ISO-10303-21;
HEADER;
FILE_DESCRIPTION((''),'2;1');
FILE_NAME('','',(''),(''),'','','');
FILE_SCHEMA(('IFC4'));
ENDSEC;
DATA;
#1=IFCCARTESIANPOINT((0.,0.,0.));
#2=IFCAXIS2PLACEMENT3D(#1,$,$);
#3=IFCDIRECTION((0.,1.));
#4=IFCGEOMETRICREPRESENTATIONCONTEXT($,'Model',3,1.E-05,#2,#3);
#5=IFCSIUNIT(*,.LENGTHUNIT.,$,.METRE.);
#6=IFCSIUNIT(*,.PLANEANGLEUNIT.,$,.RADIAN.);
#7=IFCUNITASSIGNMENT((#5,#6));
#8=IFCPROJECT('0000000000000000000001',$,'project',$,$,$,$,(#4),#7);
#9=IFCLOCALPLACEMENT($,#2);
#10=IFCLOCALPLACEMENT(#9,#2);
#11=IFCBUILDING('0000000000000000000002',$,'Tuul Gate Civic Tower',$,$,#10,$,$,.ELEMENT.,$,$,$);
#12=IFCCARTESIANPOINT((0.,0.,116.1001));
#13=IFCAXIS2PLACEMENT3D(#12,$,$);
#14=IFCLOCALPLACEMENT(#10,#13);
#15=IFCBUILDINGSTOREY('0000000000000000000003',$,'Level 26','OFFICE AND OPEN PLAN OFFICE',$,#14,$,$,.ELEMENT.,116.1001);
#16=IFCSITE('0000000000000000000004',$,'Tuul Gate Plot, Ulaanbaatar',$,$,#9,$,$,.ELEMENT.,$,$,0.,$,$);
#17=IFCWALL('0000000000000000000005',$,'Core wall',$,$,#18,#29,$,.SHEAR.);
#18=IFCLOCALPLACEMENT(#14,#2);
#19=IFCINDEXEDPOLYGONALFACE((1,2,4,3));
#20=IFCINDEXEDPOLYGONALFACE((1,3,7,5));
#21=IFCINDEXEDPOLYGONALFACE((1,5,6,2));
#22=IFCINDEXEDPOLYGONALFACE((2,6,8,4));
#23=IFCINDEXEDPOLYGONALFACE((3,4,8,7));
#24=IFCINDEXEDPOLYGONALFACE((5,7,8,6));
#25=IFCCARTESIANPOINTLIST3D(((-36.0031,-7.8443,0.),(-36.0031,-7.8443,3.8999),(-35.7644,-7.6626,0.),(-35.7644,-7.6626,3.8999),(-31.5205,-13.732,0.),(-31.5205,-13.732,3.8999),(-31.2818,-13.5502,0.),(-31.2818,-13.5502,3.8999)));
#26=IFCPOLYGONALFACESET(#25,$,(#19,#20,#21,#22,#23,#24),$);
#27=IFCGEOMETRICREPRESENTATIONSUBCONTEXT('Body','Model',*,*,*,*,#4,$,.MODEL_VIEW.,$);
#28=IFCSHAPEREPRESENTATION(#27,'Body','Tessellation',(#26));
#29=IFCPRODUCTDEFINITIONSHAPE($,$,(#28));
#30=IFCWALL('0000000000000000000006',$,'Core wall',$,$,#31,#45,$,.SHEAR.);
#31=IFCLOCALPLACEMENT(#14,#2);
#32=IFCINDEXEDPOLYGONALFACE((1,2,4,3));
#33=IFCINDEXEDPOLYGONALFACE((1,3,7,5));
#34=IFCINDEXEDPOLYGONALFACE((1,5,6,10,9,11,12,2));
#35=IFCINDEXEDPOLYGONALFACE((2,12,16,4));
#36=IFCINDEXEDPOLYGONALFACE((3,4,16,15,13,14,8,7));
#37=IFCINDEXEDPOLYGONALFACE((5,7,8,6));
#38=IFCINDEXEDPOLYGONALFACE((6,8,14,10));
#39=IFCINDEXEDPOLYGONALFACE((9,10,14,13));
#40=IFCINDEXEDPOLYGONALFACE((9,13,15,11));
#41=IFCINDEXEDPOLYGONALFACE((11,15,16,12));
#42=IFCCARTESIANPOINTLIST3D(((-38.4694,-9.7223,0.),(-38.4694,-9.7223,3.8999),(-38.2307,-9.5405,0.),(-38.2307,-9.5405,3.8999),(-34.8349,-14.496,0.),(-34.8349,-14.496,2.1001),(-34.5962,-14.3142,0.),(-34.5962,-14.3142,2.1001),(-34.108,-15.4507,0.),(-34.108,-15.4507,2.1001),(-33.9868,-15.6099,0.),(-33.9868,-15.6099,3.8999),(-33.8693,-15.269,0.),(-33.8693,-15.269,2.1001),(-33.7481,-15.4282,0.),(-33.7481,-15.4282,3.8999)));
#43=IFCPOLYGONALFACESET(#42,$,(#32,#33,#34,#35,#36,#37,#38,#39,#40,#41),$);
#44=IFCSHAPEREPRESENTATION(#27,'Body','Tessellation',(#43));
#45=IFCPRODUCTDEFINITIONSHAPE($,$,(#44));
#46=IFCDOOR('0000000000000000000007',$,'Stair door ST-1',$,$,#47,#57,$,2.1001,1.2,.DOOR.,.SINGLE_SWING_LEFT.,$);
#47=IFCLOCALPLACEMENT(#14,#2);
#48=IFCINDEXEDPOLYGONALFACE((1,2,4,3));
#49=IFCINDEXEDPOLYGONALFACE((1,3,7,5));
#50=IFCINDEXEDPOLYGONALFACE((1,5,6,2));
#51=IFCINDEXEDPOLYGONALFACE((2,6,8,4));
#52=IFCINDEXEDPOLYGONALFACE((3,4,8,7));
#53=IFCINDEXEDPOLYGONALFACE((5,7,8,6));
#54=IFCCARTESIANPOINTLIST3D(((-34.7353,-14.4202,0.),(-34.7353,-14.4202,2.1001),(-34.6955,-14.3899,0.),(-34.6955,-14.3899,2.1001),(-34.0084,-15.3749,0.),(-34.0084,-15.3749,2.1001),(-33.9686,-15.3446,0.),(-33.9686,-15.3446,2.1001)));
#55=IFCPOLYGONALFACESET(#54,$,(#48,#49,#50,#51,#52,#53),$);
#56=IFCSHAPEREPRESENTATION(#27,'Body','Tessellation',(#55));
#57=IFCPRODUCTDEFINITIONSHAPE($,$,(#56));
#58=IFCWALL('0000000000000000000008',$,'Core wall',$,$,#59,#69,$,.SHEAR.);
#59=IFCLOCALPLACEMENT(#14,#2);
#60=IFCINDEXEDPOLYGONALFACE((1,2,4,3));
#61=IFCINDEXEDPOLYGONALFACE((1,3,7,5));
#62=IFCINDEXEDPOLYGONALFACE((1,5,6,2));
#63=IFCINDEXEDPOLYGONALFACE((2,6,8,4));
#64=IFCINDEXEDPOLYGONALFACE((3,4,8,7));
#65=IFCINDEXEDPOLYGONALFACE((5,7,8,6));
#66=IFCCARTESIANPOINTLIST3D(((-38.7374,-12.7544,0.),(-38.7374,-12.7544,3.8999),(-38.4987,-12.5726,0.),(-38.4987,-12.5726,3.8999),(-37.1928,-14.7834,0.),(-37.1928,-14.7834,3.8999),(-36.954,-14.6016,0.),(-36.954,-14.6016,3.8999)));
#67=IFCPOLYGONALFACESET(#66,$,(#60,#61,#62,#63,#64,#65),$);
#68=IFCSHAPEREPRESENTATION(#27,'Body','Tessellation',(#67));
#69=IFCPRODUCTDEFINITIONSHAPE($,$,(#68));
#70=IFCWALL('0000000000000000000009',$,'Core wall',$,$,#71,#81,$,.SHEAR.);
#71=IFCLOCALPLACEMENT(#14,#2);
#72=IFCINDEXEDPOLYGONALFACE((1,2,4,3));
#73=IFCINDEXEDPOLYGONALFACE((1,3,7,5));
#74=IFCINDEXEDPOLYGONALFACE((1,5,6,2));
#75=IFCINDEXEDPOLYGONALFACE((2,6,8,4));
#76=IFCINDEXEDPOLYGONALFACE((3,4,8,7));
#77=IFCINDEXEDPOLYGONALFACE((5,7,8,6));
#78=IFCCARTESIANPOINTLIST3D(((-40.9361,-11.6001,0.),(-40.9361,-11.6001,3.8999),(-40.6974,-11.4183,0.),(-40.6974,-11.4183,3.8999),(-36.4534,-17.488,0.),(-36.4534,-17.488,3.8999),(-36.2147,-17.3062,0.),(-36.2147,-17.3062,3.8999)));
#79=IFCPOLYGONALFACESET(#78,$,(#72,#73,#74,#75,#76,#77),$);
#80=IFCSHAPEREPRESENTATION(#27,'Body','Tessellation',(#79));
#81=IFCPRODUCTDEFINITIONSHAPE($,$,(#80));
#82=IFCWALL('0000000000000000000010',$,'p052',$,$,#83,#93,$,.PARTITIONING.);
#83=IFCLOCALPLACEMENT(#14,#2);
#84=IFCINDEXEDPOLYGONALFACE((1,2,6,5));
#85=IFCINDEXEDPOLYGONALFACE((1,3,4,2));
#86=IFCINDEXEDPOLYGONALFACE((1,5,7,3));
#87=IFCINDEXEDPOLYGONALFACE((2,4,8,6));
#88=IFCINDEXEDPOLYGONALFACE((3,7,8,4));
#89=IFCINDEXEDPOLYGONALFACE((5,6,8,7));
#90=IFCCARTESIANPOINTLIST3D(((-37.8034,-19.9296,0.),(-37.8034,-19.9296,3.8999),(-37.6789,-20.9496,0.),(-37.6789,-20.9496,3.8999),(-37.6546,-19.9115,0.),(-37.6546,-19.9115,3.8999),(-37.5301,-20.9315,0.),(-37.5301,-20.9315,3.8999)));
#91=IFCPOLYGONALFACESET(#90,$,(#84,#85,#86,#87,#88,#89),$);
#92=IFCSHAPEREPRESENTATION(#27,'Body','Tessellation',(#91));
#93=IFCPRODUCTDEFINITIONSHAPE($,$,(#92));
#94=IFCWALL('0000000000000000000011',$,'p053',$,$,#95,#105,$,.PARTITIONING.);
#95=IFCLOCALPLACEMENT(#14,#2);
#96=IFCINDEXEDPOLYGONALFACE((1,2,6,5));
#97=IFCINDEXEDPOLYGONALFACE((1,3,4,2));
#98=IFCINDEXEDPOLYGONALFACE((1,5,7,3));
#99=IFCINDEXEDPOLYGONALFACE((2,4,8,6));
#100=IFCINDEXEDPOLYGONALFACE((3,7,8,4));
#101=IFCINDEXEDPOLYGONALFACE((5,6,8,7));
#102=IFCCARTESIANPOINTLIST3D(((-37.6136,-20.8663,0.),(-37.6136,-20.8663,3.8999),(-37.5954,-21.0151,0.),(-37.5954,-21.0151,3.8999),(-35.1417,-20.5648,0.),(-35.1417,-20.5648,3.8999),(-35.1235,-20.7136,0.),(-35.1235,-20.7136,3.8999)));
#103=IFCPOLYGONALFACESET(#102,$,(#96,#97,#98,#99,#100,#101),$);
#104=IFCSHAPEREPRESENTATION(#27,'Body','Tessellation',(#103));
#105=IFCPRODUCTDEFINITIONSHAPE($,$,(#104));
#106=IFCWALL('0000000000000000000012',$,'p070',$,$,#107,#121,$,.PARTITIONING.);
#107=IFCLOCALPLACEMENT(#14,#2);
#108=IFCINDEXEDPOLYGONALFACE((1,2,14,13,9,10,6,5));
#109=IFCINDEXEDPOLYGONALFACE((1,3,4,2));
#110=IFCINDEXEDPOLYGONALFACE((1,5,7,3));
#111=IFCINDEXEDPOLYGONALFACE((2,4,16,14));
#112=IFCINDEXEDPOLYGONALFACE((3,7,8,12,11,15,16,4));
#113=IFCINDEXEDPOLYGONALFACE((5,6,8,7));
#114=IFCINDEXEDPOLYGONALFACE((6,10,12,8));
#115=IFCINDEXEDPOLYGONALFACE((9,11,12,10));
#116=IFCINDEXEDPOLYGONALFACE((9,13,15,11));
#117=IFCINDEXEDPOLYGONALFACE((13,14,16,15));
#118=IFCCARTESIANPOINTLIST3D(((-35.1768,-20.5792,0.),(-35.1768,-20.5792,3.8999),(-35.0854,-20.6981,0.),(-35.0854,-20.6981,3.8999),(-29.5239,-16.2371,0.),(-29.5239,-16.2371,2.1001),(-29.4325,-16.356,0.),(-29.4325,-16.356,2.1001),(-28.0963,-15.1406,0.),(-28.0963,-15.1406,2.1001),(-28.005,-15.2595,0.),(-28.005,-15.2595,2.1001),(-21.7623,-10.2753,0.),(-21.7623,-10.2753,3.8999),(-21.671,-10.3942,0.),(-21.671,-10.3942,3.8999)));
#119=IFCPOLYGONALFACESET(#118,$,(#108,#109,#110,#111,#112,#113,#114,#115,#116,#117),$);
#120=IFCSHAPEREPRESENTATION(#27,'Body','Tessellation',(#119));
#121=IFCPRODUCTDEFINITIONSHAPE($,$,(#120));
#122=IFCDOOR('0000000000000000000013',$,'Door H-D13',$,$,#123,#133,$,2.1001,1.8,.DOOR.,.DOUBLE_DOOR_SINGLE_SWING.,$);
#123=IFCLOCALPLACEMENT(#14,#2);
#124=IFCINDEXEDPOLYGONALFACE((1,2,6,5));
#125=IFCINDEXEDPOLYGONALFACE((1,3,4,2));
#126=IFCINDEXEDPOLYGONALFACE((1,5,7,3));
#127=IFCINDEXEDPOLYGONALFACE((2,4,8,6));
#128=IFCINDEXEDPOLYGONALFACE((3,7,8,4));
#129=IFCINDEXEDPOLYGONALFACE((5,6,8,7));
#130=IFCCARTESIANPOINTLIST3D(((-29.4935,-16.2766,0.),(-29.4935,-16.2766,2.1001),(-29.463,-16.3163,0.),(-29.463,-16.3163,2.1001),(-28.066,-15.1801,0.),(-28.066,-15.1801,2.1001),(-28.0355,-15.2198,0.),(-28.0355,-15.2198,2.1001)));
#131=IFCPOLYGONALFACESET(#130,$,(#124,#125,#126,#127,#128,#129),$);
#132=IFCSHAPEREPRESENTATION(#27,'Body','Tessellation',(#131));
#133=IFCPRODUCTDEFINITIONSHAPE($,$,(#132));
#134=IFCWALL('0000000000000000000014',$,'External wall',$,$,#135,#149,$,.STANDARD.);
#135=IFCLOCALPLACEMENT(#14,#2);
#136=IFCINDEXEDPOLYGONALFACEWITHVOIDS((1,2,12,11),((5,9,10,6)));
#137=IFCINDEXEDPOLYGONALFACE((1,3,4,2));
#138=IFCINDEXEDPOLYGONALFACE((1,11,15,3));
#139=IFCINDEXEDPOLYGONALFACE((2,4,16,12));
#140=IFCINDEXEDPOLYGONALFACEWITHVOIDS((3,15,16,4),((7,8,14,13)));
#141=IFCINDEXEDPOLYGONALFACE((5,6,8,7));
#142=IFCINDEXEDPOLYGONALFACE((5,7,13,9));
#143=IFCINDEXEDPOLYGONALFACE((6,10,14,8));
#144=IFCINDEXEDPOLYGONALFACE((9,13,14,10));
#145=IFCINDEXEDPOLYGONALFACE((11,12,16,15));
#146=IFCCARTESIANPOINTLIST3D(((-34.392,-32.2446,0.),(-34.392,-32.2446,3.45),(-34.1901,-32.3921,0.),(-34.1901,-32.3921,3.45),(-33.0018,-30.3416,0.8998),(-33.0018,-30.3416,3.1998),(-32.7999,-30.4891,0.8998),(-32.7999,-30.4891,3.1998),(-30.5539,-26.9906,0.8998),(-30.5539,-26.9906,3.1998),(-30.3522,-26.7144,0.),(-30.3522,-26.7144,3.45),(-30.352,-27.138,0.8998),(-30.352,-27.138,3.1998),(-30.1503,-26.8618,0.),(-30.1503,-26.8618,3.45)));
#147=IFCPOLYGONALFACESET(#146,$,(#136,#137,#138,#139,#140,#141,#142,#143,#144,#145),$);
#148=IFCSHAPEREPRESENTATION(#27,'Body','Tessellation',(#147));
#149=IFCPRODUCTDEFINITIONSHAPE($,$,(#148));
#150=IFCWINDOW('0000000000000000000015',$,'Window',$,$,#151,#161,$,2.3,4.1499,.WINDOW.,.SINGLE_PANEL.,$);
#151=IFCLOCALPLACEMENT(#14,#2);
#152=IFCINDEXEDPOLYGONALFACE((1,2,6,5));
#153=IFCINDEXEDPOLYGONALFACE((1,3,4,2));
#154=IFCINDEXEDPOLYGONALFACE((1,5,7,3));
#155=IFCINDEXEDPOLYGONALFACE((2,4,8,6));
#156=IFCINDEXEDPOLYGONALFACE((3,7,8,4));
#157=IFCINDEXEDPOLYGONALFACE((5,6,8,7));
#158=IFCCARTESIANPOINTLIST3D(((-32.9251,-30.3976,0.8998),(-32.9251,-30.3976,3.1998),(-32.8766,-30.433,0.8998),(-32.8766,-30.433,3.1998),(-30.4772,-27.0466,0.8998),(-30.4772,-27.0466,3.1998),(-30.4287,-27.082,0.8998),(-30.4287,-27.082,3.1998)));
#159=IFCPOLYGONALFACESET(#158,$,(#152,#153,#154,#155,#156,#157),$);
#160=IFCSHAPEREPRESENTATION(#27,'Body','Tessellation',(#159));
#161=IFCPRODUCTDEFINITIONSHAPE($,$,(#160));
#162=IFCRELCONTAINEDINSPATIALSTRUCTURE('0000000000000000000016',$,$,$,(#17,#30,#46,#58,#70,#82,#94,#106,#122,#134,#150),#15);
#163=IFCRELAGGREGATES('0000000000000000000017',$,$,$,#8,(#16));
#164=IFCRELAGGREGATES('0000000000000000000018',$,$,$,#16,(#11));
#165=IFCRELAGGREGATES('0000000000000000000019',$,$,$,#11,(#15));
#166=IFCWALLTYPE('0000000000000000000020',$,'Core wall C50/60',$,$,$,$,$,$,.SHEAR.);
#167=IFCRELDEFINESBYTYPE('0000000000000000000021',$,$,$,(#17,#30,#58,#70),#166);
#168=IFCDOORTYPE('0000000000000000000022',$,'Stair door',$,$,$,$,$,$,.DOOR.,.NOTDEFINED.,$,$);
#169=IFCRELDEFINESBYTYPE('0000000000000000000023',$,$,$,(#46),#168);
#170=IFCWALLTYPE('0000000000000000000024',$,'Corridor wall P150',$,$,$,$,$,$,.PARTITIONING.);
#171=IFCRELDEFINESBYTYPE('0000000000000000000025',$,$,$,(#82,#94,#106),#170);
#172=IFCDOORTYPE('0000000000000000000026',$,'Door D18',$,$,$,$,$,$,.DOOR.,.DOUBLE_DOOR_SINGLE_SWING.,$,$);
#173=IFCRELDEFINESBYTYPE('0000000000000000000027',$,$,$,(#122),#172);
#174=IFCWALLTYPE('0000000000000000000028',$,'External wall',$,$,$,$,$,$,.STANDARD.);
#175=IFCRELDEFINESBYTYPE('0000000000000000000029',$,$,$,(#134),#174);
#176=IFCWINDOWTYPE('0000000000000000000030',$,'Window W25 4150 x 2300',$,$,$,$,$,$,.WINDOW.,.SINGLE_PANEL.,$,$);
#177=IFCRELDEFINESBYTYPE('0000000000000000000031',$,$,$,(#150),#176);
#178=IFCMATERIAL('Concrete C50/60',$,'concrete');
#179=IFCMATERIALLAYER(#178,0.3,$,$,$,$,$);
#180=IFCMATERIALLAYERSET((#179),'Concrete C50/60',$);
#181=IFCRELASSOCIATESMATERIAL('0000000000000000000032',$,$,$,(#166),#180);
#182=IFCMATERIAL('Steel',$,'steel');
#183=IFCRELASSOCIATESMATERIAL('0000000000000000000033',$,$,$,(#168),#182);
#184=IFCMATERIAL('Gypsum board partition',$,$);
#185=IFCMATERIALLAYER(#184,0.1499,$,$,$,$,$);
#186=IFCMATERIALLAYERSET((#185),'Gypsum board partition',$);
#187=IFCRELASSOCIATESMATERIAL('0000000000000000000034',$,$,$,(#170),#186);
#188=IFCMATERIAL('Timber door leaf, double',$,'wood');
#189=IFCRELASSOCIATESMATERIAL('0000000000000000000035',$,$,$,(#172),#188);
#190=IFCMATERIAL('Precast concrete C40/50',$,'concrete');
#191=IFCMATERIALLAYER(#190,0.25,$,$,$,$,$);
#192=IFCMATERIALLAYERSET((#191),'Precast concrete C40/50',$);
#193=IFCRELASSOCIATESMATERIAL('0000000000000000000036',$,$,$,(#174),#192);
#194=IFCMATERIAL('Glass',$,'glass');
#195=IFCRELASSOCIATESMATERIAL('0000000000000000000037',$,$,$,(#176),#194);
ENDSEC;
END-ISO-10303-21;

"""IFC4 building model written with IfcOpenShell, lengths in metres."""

from ifc_helpers import new_model, si_unit, direction, frame, frame_2d, origin, place, context, subcontext, project, spatial, rectangle, extrude, material, layer, layer_set, type_object, element, fill, save


model = new_model("IFC4")

# Units and contexts
model_context = context("Model", 3, precision=1e-05, world=origin(), true_north=direction((0.0, 1.0)))
body_context = subcontext(model_context, "Body", "Model", "MODEL_VIEW")
ifc_project = project(units=[si_unit("LENGTHUNIT", "METRE"), si_unit("PLANEANGLEUNIT", "RADIAN")], contexts=[model_context])

# Site, building, storey
site_placement = place(None, origin())
site = spatial("IfcSite", under=ifc_project, at=site_placement, Name="Tuul Gate Plot, Ulaanbaatar", CompositionType="ELEMENT", RefElevation=0.0)
building_placement = place(site_placement, origin())
building = spatial("IfcBuilding", under=site, at=building_placement, Name="Tuul Gate Civic Tower", CompositionType="ELEMENT")
storey_placement = place(building_placement, frame((0.0, 0.0, 116.1001)))
storey = spatial("IfcBuildingStorey", under=building, at=storey_placement, Name="Level 26", Description="OFFICE AND OPEN PLAN OFFICE", CompositionType="ELEMENT", Elevation=116.1001)

# Shared definitions
ifc_material_1 = material(Name="Concrete C50/60", Category="concrete")
ifc_layer_1 = layer(ifc_material_1, 0.3)
ifc_layer_set_1 = layer_set([ifc_layer_1], Name="Concrete C50/60")
wall_type_1 = type_object("IfcWallType", Name="Core wall C50/60", PredefinedType="SHEAR", material=ifc_layer_set_1)

# Wall
wall_1_placement = place(storey_placement, frame((-31.4011, -13.6411, 0.0), z_axis=(0.0, 0.0, 1.0), x_axis=(-0.60577, 0.79564, 0.0)))
element("IfcWall", 1, at=wall_1_placement, inside=storey, type_object=wall_type_1, Name="Core wall", PredefinedType="SHEAR", context=body_context, shape_type="SweptSolid", body=[
    extrude(rectangle(XDim=7.3999, YDim=0.3, at=frame_2d((3.7, 0.0))), origin(), (0.0, 0.0, 1.0), 3.8999),
])

# Wall, opening, door
wall_2_placement = place(storey_placement, frame((-33.8674, -15.519, 0.0), z_axis=(0.0, 0.0, 1.0), x_axis=(-0.60577, 0.79564, 0.0)))
wall_2 = element("IfcWall", 2, at=wall_2_placement, inside=storey, type_object=wall_type_1, Name="Core wall", PredefinedType="SHEAR", context=body_context, shape_type="SweptSolid", body=[
    extrude(rectangle(XDim=7.3999, YDim=0.3, at=frame_2d((3.7, 0.0))), origin(), (0.0, 0.0, 1.0), 3.8999),
])
opening_1_placement = place(wall_2_placement, frame((0.2, 0.0, 0.0)))
opening_1 = element("IfcOpeningElement", 3, at=opening_1_placement, cuts=wall_2, PredefinedType="OPENING", context=body_context, shape_type="SweptSolid", body=[
    extrude(rectangle(XDim=1.2, YDim=2.1001, at=frame_2d((0.6001, 1.05))), frame((0.0, 0.1602, 0.0), z_axis=(0.0, -1.0, 0.0), x_axis=(1.0, 0.0, 0.0)), (0.0, 0.0, 1.0), 0.3201),
])
ifc_material_2 = material(Name="Steel", Category="steel")
door_type_1 = type_object("IfcDoorType", Name="Stair door", OperationType="NOTDEFINED", PredefinedType="DOOR", material=ifc_material_2)
door_1_placement = place(opening_1_placement, origin())
door_1 = element("IfcDoor", 4, at=door_1_placement, inside=storey, type_object=door_type_1, Name="Stair door ST-1", OperationType="SINGLE_SWING_LEFT", OverallHeight=2.1001, OverallWidth=1.2, PredefinedType="DOOR", context=body_context, shape_type="SweptSolid", body=[
    extrude(rectangle(XDim=1.2, YDim=2.1001, at=frame_2d((0.6001, 1.05))), frame((0.0, 0.0249, 0.0), z_axis=(0.0, -1.0, 0.0), x_axis=(1.0, 0.0, 0.0)), (0.0, 0.0, 1.0), 0.05),
])
fill(opening_1, door_1)

# Walls
wall_3_placement = place(storey_placement, frame((-37.0735, -14.6924, 0.0), z_axis=(0.0, 0.0, 1.0), x_axis=(-0.605729, 0.795671, 0.0)))
element("IfcWall", 5, at=wall_3_placement, inside=storey, type_object=wall_type_1, Name="Core wall", PredefinedType="SHEAR", context=body_context, shape_type="SweptSolid", body=[
    extrude(rectangle(XDim=2.55, YDim=0.3, at=frame_2d((1.2749, 0.0))), origin(), (0.0, 0.0, 1.0), 3.8999),
])
wall_4_placement = place(storey_placement, frame((-36.334, -17.3972, 0.0), z_axis=(0.0, 0.0, 1.0), x_axis=(-0.605754, 0.795652, 0.0)))
element("IfcWall", 6, at=wall_4_placement, inside=storey, type_object=wall_type_1, Name="Core wall", PredefinedType="SHEAR", context=body_context, shape_type="SweptSolid", body=[
    extrude(rectangle(XDim=7.4001, YDim=0.3, at=frame_2d((3.7002, 0.0))), origin(), (0.0, 0.0, 1.0), 3.8999),
])
ifc_material_3 = material(Name="Gypsum board partition")
ifc_layer_2 = layer(ifc_material_3, 0.1499)
ifc_layer_set_2 = layer_set([ifc_layer_2], Name="Gypsum board partition")
wall_type_2 = type_object("IfcWallType", Name="Corridor wall P150", PredefinedType="PARTITIONING", material=ifc_layer_set_2)
wall_5_placement = place(storey_placement, frame((-37.729, -19.9207, 0.0), z_axis=(0.0, 0.0, 1.0), x_axis=(0.121169, -0.992632, 0.0)))
element("IfcWall", 7, at=wall_5_placement, inside=storey, type_object=wall_type_2, Name="p052", PredefinedType="PARTITIONING", context=body_context, shape_type="SweptSolid", body=[
    extrude(rectangle(XDim=1.0276, YDim=0.1499, at=frame_2d((0.5137, 0.0))), origin(), (0.0, 0.0, 1.0), 3.8999),
])
wall_6_placement = place(storey_placement, frame((-37.6045, -20.9407, 0.0), z_axis=(0.0, 0.0, 1.0), x_axis=(0.992643, 0.121078, 0.0)))
element("IfcWall", 8, at=wall_6_placement, inside=storey, type_object=wall_type_2, Name="p053", PredefinedType="PARTITIONING", context=body_context, shape_type="SweptSolid", body=[
    extrude(rectangle(XDim=2.4902, YDim=0.1499, at=frame_2d((1.2451, 0.0))), origin(), (0.0, 0.0, 1.0), 3.8999),
])

# Wall, opening, door
wall_7_placement = place(storey_placement, frame((-35.1311, -20.6387, 0.0), z_axis=(0.0, 0.0, 1.0), x_axis=(0.79305, 0.609156, 0.0)))
wall_7 = element("IfcWall", 9, at=wall_7_placement, inside=storey, type_object=wall_type_2, Name="p070", PredefinedType="PARTITIONING", context=body_context, shape_type="SweptSolid", body=[
    extrude(rectangle(XDim=16.915, YDim=0.1499, at=frame_2d((8.4575, 0.0))), origin(), (0.0, 0.0, 1.0), 3.8999),
])
opening_2_placement = place(wall_7_placement, frame((7.1282, 0.0, 0.0)))
opening_2 = element("IfcOpeningElement", 10, at=opening_2_placement, cuts=wall_7, PredefinedType="OPENING", context=body_context, shape_type="SweptSolid", body=[
    extrude(rectangle(XDim=1.8, YDim=2.1001, at=frame_2d((0.8999, 1.05))), frame((0.0, 0.085, 0.0), z_axis=(0.0, -1.0, 0.0), x_axis=(1.0, 0.0, 0.0)), (0.0, 0.0, 1.0), 0.1699),
])
ifc_material_4 = material(Name="Timber door leaf, double", Category="wood")
door_type_2 = type_object("IfcDoorType", Name="Door D18", OperationType="DOUBLE_DOOR_SINGLE_SWING", PredefinedType="DOOR", material=ifc_material_4)
door_2_placement = place(opening_2_placement, frame((1.8, 0.0, 0.0), z_axis=(0.0, 0.0, 1.0), x_axis=(-1.0, 0.0, 0.0)))
door_2 = element("IfcDoor", 11, at=door_2_placement, inside=storey, type_object=door_type_2, Name="Door H-D13", OperationType="DOUBLE_DOOR_SINGLE_SWING", OverallHeight=2.1001, OverallWidth=1.8, PredefinedType="DOOR", context=body_context, shape_type="SweptSolid", body=[
    extrude(rectangle(XDim=1.8, YDim=2.1001, at=frame_2d((0.9001, 1.05))), frame((0.0, 0.0249, 0.0), z_axis=(0.0, -1.0, 0.0), x_axis=(1.0, 0.0, 0.0)), (0.0, 0.0, 1.0), 0.05),
])
fill(opening_2, door_2)

# Wall, opening, window
ifc_material_5 = material(Name="Precast concrete C40/50", Category="concrete")
ifc_layer_3 = layer(ifc_material_5, 0.25)
ifc_layer_set_3 = layer_set([ifc_layer_3], Name="Precast concrete C40/50")
wall_type_3 = type_object("IfcWallType", Name="External wall", PredefinedType="STANDARD", material=ifc_layer_set_3)
wall_8_placement = place(storey_placement, frame((-34.291, -32.3184, 0.0), z_axis=(0.0, 0.0, 1.0), x_axis=(0.589868, 0.8075, 0.0)))
wall_8 = element("IfcWall", 12, at=wall_8_placement, inside=storey, type_object=wall_type_3, Name="External wall", PredefinedType="STANDARD", context=body_context, shape_type="SweptSolid", body=[
    extrude(rectangle(XDim=6.8486, YDim=0.25, at=frame_2d((3.4243, 0.0))), origin(), (0.0, 0.0, 1.0), 3.45),
])
opening_3_placement = place(wall_8_placement, frame((2.3567, 0.0, 0.8999)))
opening_3 = element("IfcOpeningElement", 13, at=opening_3_placement, cuts=wall_8, PredefinedType="OPENING", context=body_context, shape_type="SweptSolid", body=[
    extrude(rectangle(XDim=4.1499, YDim=2.3, at=frame_2d((2.075, 1.1499))), frame((0.0, 0.135, 0.0), z_axis=(0.0, -1.0, 0.0), x_axis=(1.0, 0.0, 0.0)), (0.0, 0.0, 1.0), 0.27),
])
ifc_material_6 = material(Name="Glass", Category="glass")
window_type_1 = type_object("IfcWindowType", Name="Window W25 4150 x 2300", PartitioningType="SINGLE_PANEL", PredefinedType="WINDOW", material=ifc_material_6)
window_1_placement = place(opening_3_placement, origin())
window_1 = element("IfcWindow", 14, at=window_1_placement, inside=storey, type_object=window_type_1, Name="Window", OverallHeight=2.3, OverallWidth=4.1499, PartitioningType="SINGLE_PANEL", PredefinedType="WINDOW", context=body_context, shape_type="SweptSolid", body=[
    extrude(rectangle(XDim=4.1499, YDim=2.3, at=frame_2d((2.075, 1.1499))), frame((0.0, 0.03, 0.0), z_axis=(0.0, -1.0, 0.0), x_axis=(1.0, 0.0, 0.0)), (0.0, 0.0, 1.0), 0.0601),
])
fill(opening_3, window_1)

save(model, "model.ifc")
